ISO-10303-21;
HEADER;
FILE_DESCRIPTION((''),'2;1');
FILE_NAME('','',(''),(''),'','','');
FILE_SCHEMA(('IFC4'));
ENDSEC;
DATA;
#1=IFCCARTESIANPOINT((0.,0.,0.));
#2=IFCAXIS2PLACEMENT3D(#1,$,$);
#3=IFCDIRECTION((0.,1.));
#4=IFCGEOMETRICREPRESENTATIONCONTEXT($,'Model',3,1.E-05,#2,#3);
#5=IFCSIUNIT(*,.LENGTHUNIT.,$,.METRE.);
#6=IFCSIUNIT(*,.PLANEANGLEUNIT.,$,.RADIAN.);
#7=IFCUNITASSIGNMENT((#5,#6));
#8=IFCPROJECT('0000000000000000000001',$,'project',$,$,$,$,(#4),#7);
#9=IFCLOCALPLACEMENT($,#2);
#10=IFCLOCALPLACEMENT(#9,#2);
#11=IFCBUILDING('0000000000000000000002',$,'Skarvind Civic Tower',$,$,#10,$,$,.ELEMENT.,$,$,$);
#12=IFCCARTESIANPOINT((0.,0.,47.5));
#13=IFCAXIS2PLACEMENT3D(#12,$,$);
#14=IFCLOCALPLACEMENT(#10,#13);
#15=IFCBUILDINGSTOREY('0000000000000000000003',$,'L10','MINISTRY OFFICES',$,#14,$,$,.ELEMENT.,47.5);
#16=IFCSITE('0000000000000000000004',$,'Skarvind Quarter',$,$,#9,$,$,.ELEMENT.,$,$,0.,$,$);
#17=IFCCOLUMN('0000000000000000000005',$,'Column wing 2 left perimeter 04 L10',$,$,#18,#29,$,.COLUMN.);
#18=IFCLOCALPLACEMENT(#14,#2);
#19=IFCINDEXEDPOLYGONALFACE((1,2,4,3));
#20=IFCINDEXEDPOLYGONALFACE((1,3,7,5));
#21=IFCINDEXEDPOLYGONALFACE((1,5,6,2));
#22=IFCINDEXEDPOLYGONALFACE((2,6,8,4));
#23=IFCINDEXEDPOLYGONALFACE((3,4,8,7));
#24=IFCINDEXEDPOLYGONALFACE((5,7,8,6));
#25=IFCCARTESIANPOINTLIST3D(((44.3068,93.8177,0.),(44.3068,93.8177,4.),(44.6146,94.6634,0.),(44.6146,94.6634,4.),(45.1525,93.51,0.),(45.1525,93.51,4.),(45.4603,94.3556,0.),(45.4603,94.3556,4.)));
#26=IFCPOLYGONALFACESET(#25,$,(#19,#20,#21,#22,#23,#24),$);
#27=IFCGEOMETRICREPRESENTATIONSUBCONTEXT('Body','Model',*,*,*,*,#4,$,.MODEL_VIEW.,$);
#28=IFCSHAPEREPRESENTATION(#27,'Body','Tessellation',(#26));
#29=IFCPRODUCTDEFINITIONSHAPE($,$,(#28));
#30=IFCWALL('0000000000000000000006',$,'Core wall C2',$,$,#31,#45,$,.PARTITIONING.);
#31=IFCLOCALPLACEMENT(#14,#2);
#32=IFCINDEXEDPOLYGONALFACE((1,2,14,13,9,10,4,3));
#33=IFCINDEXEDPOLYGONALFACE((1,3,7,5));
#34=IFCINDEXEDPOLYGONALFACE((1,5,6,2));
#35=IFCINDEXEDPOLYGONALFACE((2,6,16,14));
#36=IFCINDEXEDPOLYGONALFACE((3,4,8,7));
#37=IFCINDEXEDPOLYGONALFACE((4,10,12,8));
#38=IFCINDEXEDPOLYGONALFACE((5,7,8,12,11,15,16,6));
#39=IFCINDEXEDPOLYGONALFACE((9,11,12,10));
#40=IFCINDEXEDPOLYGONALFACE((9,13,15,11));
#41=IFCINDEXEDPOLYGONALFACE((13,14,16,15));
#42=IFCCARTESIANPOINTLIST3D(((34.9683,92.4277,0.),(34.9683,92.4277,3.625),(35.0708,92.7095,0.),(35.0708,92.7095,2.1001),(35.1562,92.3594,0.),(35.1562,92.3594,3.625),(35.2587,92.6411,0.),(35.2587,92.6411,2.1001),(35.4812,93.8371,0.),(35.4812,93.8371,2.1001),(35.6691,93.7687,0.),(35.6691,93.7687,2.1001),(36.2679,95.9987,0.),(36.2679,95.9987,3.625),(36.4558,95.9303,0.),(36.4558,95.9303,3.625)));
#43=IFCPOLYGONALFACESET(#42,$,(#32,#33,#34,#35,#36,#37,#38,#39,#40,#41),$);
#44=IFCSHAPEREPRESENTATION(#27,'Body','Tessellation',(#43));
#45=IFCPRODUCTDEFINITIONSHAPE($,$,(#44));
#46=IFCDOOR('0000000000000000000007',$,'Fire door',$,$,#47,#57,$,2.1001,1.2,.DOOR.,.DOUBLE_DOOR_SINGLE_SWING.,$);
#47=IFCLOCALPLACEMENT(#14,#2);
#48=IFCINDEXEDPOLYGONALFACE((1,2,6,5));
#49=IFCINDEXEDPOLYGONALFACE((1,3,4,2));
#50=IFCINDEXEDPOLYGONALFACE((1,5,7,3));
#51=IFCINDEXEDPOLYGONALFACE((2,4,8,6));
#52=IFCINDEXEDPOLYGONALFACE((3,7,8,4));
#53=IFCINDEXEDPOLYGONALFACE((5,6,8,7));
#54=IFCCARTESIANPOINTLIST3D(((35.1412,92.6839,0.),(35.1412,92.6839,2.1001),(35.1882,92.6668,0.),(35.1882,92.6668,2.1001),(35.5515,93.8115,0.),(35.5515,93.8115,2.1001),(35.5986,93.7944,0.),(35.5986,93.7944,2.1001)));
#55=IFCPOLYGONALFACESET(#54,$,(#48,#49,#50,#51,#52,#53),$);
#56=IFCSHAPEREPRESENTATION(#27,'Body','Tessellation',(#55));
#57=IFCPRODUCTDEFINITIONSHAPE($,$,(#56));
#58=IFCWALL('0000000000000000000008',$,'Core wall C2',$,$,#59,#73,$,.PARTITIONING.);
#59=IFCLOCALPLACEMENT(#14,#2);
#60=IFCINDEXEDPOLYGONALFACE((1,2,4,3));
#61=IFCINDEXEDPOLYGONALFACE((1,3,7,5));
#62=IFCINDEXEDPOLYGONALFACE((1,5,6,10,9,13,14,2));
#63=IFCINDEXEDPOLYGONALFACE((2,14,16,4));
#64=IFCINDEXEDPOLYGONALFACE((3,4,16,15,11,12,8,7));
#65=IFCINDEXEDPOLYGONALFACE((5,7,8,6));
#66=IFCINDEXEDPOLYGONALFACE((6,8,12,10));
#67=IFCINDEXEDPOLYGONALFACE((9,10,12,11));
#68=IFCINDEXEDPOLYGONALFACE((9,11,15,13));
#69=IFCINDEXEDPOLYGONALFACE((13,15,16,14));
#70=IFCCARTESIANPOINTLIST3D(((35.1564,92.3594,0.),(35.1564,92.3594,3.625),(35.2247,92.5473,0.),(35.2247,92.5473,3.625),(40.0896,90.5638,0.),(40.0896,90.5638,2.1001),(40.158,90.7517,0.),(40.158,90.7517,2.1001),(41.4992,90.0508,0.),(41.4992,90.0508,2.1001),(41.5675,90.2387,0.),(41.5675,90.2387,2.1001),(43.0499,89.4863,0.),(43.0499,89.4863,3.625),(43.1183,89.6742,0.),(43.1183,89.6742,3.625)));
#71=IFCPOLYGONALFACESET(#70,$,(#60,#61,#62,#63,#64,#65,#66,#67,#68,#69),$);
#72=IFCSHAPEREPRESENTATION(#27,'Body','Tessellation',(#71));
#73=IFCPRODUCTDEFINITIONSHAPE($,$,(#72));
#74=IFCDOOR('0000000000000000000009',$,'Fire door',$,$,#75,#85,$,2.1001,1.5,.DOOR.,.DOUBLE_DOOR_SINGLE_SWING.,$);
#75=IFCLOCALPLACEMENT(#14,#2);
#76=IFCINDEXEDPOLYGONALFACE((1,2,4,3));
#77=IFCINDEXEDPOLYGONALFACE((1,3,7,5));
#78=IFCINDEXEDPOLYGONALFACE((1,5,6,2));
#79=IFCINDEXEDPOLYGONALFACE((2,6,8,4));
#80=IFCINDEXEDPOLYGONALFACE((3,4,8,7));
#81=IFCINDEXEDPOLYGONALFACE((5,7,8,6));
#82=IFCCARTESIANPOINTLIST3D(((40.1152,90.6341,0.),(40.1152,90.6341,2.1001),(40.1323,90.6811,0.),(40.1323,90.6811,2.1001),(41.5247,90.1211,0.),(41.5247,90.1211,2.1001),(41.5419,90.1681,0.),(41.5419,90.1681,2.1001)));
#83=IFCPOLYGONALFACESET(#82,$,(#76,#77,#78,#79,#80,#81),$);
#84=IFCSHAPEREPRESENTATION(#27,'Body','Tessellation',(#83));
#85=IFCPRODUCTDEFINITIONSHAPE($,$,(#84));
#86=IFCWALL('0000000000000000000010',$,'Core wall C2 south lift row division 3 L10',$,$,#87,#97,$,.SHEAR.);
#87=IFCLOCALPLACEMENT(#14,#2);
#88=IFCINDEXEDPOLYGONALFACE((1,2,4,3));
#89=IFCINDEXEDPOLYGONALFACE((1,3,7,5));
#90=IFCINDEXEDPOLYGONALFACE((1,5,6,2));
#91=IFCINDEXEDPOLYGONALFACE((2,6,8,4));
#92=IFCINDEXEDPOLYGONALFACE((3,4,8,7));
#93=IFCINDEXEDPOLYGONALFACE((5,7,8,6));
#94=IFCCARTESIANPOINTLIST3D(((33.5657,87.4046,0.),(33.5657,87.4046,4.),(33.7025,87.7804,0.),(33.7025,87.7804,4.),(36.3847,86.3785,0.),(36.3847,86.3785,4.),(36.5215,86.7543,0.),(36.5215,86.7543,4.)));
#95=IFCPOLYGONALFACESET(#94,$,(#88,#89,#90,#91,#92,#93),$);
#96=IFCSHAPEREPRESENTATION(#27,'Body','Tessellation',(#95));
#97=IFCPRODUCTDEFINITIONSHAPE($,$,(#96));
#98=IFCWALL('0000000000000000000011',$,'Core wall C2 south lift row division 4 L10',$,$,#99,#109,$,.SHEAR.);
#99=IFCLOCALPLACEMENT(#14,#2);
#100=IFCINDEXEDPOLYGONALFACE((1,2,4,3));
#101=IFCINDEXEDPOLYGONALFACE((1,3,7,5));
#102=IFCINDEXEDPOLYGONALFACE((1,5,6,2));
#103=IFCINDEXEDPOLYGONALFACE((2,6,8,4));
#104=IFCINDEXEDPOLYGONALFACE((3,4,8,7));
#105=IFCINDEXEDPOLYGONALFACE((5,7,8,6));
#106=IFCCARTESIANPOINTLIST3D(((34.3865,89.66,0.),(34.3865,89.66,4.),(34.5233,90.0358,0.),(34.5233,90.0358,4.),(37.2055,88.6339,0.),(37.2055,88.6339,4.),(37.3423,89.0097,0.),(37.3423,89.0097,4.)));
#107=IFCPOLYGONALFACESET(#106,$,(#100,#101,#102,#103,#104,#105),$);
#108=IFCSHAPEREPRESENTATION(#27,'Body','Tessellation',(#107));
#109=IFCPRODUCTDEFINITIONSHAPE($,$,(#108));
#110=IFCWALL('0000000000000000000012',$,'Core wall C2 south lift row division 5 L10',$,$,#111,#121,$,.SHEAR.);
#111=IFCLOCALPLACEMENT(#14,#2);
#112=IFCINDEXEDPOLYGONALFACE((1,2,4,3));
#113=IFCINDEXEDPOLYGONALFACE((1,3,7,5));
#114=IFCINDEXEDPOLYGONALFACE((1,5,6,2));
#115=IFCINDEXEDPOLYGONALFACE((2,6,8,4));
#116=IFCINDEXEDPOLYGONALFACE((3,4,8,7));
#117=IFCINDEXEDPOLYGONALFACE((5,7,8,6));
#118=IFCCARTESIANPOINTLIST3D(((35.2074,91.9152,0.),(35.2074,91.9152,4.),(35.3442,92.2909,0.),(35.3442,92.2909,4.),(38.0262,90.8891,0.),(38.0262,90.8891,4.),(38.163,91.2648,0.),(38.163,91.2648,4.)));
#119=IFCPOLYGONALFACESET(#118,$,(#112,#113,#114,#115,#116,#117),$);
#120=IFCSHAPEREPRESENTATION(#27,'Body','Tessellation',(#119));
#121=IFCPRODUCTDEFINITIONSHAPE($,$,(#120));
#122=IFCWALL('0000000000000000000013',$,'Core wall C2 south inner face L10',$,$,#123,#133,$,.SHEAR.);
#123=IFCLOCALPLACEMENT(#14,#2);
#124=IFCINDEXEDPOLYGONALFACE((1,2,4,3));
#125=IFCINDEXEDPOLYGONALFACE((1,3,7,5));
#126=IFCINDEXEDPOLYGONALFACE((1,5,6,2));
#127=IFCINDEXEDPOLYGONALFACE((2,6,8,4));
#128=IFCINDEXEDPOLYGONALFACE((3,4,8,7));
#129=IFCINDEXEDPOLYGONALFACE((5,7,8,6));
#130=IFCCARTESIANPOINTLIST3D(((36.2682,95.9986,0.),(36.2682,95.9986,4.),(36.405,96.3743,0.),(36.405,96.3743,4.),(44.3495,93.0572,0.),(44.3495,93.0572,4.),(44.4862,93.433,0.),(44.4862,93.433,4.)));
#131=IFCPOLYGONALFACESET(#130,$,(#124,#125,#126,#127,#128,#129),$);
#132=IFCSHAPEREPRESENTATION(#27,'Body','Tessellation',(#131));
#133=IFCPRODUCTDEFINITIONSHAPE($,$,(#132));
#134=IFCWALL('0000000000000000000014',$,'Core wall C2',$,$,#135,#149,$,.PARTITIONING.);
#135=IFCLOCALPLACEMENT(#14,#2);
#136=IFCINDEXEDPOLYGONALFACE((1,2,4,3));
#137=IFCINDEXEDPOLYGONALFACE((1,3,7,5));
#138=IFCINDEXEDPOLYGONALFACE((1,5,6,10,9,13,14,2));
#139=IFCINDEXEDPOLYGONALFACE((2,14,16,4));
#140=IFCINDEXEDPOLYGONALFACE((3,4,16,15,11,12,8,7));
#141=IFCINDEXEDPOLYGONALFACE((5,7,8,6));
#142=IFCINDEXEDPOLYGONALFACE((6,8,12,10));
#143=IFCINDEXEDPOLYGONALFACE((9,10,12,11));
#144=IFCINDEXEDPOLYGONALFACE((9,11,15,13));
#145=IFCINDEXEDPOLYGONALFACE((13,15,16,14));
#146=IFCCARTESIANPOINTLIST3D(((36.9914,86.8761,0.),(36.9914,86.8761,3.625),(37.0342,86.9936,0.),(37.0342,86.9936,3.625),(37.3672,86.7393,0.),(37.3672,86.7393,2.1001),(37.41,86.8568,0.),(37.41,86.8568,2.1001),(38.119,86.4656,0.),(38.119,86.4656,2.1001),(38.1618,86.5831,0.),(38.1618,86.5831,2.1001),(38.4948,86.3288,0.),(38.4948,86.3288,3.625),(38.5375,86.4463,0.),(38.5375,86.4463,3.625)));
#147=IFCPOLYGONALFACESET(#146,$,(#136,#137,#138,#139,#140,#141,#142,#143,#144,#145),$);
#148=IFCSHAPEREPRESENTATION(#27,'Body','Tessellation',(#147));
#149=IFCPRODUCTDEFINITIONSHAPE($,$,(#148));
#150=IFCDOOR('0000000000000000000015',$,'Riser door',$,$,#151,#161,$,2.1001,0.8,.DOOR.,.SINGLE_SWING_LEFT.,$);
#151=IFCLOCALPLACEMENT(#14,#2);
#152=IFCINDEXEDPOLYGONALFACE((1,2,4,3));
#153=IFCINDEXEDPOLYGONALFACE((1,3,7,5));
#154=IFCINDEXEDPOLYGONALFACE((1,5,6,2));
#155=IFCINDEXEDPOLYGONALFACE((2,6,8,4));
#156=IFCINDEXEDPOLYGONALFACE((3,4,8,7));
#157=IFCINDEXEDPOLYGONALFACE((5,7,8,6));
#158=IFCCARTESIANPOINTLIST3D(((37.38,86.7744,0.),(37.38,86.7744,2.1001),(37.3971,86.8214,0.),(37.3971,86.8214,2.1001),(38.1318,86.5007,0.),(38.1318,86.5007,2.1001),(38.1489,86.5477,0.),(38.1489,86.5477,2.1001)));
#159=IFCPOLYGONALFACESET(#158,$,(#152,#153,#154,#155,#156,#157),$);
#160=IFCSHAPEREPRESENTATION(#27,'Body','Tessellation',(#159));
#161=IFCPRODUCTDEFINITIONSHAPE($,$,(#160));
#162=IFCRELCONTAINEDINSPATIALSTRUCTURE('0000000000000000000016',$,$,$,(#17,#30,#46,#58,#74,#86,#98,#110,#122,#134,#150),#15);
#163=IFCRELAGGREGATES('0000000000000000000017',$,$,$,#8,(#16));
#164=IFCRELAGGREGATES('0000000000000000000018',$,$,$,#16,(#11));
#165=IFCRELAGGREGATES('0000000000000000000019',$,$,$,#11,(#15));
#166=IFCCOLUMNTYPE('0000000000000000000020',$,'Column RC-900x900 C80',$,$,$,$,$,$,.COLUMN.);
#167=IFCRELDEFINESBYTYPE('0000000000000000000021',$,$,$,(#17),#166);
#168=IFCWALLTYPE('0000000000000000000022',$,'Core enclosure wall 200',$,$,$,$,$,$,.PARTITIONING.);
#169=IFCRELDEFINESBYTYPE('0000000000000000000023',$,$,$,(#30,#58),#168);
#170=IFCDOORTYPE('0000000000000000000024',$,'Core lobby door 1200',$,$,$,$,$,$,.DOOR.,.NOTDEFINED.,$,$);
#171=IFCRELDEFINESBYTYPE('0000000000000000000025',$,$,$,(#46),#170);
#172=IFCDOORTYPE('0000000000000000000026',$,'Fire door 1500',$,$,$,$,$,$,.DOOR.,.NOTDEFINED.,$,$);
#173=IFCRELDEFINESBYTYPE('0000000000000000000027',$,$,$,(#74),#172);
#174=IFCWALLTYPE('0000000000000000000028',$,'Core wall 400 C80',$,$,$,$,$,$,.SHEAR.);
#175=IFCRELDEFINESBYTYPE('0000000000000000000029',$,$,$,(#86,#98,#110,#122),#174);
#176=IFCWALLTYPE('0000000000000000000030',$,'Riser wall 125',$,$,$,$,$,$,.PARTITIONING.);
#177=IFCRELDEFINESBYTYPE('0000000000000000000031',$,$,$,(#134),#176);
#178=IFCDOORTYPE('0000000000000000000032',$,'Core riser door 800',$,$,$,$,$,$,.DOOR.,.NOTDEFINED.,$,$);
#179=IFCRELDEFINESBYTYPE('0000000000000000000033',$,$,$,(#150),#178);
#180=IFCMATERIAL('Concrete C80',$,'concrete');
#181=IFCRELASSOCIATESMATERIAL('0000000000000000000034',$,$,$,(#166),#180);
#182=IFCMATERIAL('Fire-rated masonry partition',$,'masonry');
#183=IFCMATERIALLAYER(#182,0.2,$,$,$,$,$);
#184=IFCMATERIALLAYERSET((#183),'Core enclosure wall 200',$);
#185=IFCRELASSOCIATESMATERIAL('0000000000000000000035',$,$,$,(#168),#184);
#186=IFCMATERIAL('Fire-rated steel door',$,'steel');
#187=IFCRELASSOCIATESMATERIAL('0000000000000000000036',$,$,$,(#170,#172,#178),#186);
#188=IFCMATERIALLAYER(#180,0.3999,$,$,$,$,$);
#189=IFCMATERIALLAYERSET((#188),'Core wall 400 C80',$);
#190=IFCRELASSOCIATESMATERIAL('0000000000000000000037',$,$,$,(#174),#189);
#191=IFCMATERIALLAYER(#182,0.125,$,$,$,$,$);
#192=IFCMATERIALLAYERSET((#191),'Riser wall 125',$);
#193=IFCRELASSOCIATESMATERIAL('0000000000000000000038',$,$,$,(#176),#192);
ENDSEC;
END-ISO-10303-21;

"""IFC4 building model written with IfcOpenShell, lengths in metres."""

from ifc_helpers import new_model, si_unit, direction, frame, frame_2d, origin, origin_2d, place, context, subcontext, project, spatial, rectangle, extrude, material, layer, layer_set, material_profile, profile_set, type_object, element, fill, save


model = new_model("IFC4")

# Units and contexts
model_context = context("Model", 3, precision=1e-05, world=origin(), true_north=direction((0.0, 1.0)))
body_context = subcontext(model_context, "Body", "Model", "MODEL_VIEW")
ifc_project = project(units=[si_unit("LENGTHUNIT", "METRE"), si_unit("PLANEANGLEUNIT", "RADIAN")], contexts=[model_context])

# Site, building, storey
site_placement = place(None, origin())
site = spatial("IfcSite", under=ifc_project, at=site_placement, Name="Skarvind Quarter", CompositionType="ELEMENT", RefElevation=0.0)
building_placement = place(site_placement, origin())
building = spatial("IfcBuilding", under=site, at=building_placement, Name="Skarvind Civic Tower", CompositionType="ELEMENT")
storey_placement = place(building_placement, frame((0.0, 0.0, 47.5)))
storey = spatial("IfcBuildingStorey", under=building, at=storey_placement, Name="L10", Description="MINISTRY OFFICES", CompositionType="ELEMENT", Elevation=47.5)

# Column
ifc_material_1 = material(Name="Concrete C80", Category="concrete")
ifc_material_profile_1 = material_profile(ifc_material_1, rectangle(XDim=0.8999, YDim=0.8999, at=origin_2d()), Name="RC-900x900")
ifc_profile_set_1 = profile_set([ifc_material_profile_1], Name="Concrete C80")
column_type = type_object("IfcColumnType", Name="Column RC-900x900 C80", PredefinedType="COLUMN", material=ifc_profile_set_1)
column_placement = place(storey_placement, frame((44.8835, 94.0867, 0.0), z_axis=(0.0, 0.0, 1.0), x_axis=(-0.34202, -0.939693, 0.0)))
element("IfcColumn", 1, at=column_placement, inside=storey, type_object=column_type, Name="Column wing 2 left perimeter 04 L10", PredefinedType="COLUMN", context=body_context, shape_type="SweptSolid", body=[
    extrude(rectangle(XDim=0.8999, YDim=0.8999, at=origin_2d()), origin(), (0.0, 0.0, 1.0), 4.0),
])

# Walls, openings, doors
ifc_material_2 = material(Name="Fire-rated masonry partition", Category="masonry")
ifc_layer_1 = layer(ifc_material_2, 0.2)
ifc_layer_set_1 = layer_set([ifc_layer_1], Name="Core enclosure wall 200")
wall_type_1 = type_object("IfcWallType", Name="Core enclosure wall 200", PredefinedType="PARTITIONING", material=ifc_layer_set_1)
wall_1_placement = place(storey_placement, frame((36.3618, 95.9644, 0.0), z_axis=(0.0, 0.0, 1.0), x_axis=(-0.341996, -0.939701, 0.0)))
wall_1 = element("IfcWall", 2, at=wall_1_placement, inside=storey, type_object=wall_type_1, Name="Core wall C2", PredefinedType="PARTITIONING", context=body_context, shape_type="SweptSolid", body=[
    extrude(rectangle(XDim=3.8, YDim=0.2, at=frame_2d((1.8999, 0.0))), origin(), (0.0, 0.0, 1.0), 3.625),
])
opening_1_placement = place(wall_1_placement, frame((2.3, 0.0, 0.0)))
opening_1 = element("IfcOpeningElement", 3, at=opening_1_placement, cuts=wall_1, PredefinedType="OPENING", context=body_context, shape_type="SweptSolid", body=[
    extrude(rectangle(XDim=1.2, YDim=2.1001, at=frame_2d((0.6001, 1.05))), frame((0.0, 0.1099, 0.0), z_axis=(0.0, -1.0, 0.0), x_axis=(1.0, 0.0, 0.0)), (0.0, 0.0, 1.0), 0.22),
])
ifc_material_3 = material(Name="Fire-rated steel door", Category="steel")
door_type_1 = type_object("IfcDoorType", Name="Core lobby door 1200", OperationType="NOTDEFINED", PredefinedType="DOOR", material=ifc_material_3)
door_1_placement = place(opening_1_placement, origin())
door_1 = element("IfcDoor", 4, at=door_1_placement, inside=storey, type_object=door_type_1, Name="Fire door", OperationType="DOUBLE_DOOR_SINGLE_SWING", OverallHeight=2.1001, OverallWidth=1.2, PredefinedType="DOOR", context=body_context, shape_type="SweptSolid", body=[
    extrude(rectangle(XDim=1.2, YDim=2.1001, at=frame_2d((0.6001, 1.05))), frame((0.0, 0.0249, 0.0), z_axis=(0.0, -1.0, 0.0), x_axis=(1.0, 0.0, 0.0)), (0.0, 0.0, 1.0), 0.05),
])
fill(opening_1, door_1)
wall_2_placement = place(storey_placement, frame((35.1904, 92.4534, 0.0), z_axis=(0.0, 0.0, 1.0), x_axis=(0.939692, -0.342023, 0.0)))
wall_2 = element("IfcWall", 5, at=wall_2_placement, inside=storey, type_object=wall_type_1, Name="Core wall C2", PredefinedType="PARTITIONING", context=body_context, shape_type="SweptSolid", body=[
    extrude(rectangle(XDim=8.4001, YDim=0.2, at=frame_2d((4.2002, 0.0))), origin(), (0.0, 0.0, 1.0), 3.625),
])
opening_2_placement = place(wall_2_placement, frame((5.25, 0.0, 0.0)))
opening_2 = element("IfcOpeningElement", 6, at=opening_2_placement, cuts=wall_2, PredefinedType="OPENING", context=body_context, shape_type="SweptSolid", body=[
    extrude(rectangle(XDim=1.5, YDim=2.1001, at=frame_2d((0.75, 1.05))), frame((0.0, 0.1099, 0.0), z_axis=(0.0, -1.0, 0.0), x_axis=(1.0, 0.0, 0.0)), (0.0, 0.0, 1.0), 0.22),
])
door_type_2 = type_object("IfcDoorType", Name="Fire door 1500", OperationType="NOTDEFINED", PredefinedType="DOOR", material=ifc_material_3)
door_2_placement = place(opening_2_placement, origin())
door_2 = element("IfcDoor", 7, at=door_2_placement, inside=storey, type_object=door_type_2, Name="Fire door", OperationType="DOUBLE_DOOR_SINGLE_SWING", OverallHeight=2.1001, OverallWidth=1.5, PredefinedType="DOOR", context=body_context, shape_type="SweptSolid", body=[
    extrude(rectangle(XDim=1.5, YDim=2.1001, at=frame_2d((0.75, 1.05))), frame((0.0, 0.0249, 0.0), z_axis=(0.0, -1.0, 0.0), x_axis=(1.0, 0.0, 0.0)), (0.0, 0.0, 1.0), 0.05),
])
fill(opening_2, door_2)

# Walls
ifc_layer_2 = layer(ifc_material_1, 0.3999)
ifc_layer_set_2 = layer_set([ifc_layer_2], Name="Core wall 400 C80")
wall_type_2 = type_object("IfcWallType", Name="Core wall 400 C80", PredefinedType="SHEAR", material=ifc_layer_set_2)
for number, where, z_axis, x_axis, name in (
    (8, (36.4531, 86.5664, 0.0), (0.0, 0.0, 1.0), (-0.939686, 0.342037, 0.0), "Core wall C2 south lift row division 3 L10"),
    (9, (37.2739, 88.8218, 0.0), (0.0, 0.0, 1.0), (-0.939686, 0.342037, 0.0), "Core wall C2 south lift row division 4 L10"),
):
    element("IfcWall", number, at=place(storey_placement, frame(where, z_axis=z_axis, x_axis=x_axis)), inside=storey, type_object=wall_type_2, Name=name, PredefinedType="SHEAR", context=body_context, shape_type="SweptSolid", body=[
        extrude(rectangle(XDim=3.0, YDim=0.3999, at=frame_2d((1.5, 0.0))), origin(), (0.0, 0.0, 1.0), 4.0),
    ])
wall_3_placement = place(storey_placement, frame((38.0947, 91.0769, 0.0), z_axis=(0.0, 0.0, 1.0), x_axis=(-0.939677, 0.342063, 0.0)))
element("IfcWall", 10, at=wall_3_placement, inside=storey, type_object=wall_type_2, Name="Core wall C2 south lift row division 5 L10", PredefinedType="SHEAR", context=body_context, shape_type="SweptSolid", body=[
    extrude(rectangle(XDim=2.9998, YDim=0.3999, at=frame_2d((1.5, 0.0))), origin(), (0.0, 0.0, 1.0), 4.0),
])
wall_4_placement = place(storey_placement, frame((44.4177, 93.2451, 0.0), z_axis=(0.0, 0.0, 1.0), x_axis=(-0.939691, 0.342026, 0.0)))
element("IfcWall", 11, at=wall_4_placement, inside=storey, type_object=wall_type_2, Name="Core wall C2 south inner face L10", PredefinedType="SHEAR", context=body_context, shape_type="SweptSolid", body=[
    extrude(rectangle(XDim=8.5999, YDim=0.3999, at=frame_2d((4.2998, 0.0))), origin(), (0.0, 0.0, 1.0), 4.0),
])

# Wall, opening, door
ifc_layer_3 = layer(ifc_material_2, 0.125)
ifc_layer_set_3 = layer_set([ifc_layer_3], Name="Riser wall 125")
wall_type_3 = type_object("IfcWallType", Name="Riser wall 125", PredefinedType="PARTITIONING", material=ifc_layer_set_3)
wall_5_placement = place(storey_placement, frame((37.0129, 86.9348, 0.0), z_axis=(0.0, 0.0, 1.0), x_axis=(0.93966, -0.342111, 0.0)))
wall_5 = element("IfcWall", 12, at=wall_5_placement, inside=storey, type_object=wall_type_3, Name="Core wall C2", PredefinedType="PARTITIONING", context=body_context, shape_type="SweptSolid", body=[
    extrude(rectangle(XDim=1.5999, YDim=0.125, at=frame_2d((0.7998, 0.0))), origin(), (0.0, 0.0, 1.0), 3.625),
])
opening_3_placement = place(wall_5_placement, frame((0.3999, 0.0, 0.0)))
opening_3 = element("IfcOpeningElement", 13, at=opening_3_placement, cuts=wall_5, PredefinedType="OPENING", context=body_context, shape_type="SweptSolid", body=[
    extrude(rectangle(XDim=0.8, YDim=2.1001, at=frame_2d((0.3999, 1.05))), frame((0.0, 0.0725, 0.0), z_axis=(0.0, -1.0, 0.0), x_axis=(1.0, 0.0, 0.0)), (0.0, 0.0, 1.0), 0.145),
])
door_type_3 = type_object("IfcDoorType", Name="Core riser door 800", OperationType="NOTDEFINED", PredefinedType="DOOR", material=ifc_material_3)
door_3_placement = place(opening_3_placement, origin())
door_3 = element("IfcDoor", 14, at=door_3_placement, inside=storey, type_object=door_type_3, Name="Riser door", OperationType="SINGLE_SWING_LEFT", OverallHeight=2.1001, OverallWidth=0.8, PredefinedType="DOOR", context=body_context, shape_type="SweptSolid", body=[
    extrude(rectangle(XDim=0.8, YDim=2.1001, at=frame_2d((0.3999, 1.05))), frame((0.0, 0.0249, 0.0), z_axis=(0.0, -1.0, 0.0), x_axis=(1.0, 0.0, 0.0)), (0.0, 0.0, 1.0), 0.05),
])
fill(opening_3, door_3)

save(model, "model.ifc")
